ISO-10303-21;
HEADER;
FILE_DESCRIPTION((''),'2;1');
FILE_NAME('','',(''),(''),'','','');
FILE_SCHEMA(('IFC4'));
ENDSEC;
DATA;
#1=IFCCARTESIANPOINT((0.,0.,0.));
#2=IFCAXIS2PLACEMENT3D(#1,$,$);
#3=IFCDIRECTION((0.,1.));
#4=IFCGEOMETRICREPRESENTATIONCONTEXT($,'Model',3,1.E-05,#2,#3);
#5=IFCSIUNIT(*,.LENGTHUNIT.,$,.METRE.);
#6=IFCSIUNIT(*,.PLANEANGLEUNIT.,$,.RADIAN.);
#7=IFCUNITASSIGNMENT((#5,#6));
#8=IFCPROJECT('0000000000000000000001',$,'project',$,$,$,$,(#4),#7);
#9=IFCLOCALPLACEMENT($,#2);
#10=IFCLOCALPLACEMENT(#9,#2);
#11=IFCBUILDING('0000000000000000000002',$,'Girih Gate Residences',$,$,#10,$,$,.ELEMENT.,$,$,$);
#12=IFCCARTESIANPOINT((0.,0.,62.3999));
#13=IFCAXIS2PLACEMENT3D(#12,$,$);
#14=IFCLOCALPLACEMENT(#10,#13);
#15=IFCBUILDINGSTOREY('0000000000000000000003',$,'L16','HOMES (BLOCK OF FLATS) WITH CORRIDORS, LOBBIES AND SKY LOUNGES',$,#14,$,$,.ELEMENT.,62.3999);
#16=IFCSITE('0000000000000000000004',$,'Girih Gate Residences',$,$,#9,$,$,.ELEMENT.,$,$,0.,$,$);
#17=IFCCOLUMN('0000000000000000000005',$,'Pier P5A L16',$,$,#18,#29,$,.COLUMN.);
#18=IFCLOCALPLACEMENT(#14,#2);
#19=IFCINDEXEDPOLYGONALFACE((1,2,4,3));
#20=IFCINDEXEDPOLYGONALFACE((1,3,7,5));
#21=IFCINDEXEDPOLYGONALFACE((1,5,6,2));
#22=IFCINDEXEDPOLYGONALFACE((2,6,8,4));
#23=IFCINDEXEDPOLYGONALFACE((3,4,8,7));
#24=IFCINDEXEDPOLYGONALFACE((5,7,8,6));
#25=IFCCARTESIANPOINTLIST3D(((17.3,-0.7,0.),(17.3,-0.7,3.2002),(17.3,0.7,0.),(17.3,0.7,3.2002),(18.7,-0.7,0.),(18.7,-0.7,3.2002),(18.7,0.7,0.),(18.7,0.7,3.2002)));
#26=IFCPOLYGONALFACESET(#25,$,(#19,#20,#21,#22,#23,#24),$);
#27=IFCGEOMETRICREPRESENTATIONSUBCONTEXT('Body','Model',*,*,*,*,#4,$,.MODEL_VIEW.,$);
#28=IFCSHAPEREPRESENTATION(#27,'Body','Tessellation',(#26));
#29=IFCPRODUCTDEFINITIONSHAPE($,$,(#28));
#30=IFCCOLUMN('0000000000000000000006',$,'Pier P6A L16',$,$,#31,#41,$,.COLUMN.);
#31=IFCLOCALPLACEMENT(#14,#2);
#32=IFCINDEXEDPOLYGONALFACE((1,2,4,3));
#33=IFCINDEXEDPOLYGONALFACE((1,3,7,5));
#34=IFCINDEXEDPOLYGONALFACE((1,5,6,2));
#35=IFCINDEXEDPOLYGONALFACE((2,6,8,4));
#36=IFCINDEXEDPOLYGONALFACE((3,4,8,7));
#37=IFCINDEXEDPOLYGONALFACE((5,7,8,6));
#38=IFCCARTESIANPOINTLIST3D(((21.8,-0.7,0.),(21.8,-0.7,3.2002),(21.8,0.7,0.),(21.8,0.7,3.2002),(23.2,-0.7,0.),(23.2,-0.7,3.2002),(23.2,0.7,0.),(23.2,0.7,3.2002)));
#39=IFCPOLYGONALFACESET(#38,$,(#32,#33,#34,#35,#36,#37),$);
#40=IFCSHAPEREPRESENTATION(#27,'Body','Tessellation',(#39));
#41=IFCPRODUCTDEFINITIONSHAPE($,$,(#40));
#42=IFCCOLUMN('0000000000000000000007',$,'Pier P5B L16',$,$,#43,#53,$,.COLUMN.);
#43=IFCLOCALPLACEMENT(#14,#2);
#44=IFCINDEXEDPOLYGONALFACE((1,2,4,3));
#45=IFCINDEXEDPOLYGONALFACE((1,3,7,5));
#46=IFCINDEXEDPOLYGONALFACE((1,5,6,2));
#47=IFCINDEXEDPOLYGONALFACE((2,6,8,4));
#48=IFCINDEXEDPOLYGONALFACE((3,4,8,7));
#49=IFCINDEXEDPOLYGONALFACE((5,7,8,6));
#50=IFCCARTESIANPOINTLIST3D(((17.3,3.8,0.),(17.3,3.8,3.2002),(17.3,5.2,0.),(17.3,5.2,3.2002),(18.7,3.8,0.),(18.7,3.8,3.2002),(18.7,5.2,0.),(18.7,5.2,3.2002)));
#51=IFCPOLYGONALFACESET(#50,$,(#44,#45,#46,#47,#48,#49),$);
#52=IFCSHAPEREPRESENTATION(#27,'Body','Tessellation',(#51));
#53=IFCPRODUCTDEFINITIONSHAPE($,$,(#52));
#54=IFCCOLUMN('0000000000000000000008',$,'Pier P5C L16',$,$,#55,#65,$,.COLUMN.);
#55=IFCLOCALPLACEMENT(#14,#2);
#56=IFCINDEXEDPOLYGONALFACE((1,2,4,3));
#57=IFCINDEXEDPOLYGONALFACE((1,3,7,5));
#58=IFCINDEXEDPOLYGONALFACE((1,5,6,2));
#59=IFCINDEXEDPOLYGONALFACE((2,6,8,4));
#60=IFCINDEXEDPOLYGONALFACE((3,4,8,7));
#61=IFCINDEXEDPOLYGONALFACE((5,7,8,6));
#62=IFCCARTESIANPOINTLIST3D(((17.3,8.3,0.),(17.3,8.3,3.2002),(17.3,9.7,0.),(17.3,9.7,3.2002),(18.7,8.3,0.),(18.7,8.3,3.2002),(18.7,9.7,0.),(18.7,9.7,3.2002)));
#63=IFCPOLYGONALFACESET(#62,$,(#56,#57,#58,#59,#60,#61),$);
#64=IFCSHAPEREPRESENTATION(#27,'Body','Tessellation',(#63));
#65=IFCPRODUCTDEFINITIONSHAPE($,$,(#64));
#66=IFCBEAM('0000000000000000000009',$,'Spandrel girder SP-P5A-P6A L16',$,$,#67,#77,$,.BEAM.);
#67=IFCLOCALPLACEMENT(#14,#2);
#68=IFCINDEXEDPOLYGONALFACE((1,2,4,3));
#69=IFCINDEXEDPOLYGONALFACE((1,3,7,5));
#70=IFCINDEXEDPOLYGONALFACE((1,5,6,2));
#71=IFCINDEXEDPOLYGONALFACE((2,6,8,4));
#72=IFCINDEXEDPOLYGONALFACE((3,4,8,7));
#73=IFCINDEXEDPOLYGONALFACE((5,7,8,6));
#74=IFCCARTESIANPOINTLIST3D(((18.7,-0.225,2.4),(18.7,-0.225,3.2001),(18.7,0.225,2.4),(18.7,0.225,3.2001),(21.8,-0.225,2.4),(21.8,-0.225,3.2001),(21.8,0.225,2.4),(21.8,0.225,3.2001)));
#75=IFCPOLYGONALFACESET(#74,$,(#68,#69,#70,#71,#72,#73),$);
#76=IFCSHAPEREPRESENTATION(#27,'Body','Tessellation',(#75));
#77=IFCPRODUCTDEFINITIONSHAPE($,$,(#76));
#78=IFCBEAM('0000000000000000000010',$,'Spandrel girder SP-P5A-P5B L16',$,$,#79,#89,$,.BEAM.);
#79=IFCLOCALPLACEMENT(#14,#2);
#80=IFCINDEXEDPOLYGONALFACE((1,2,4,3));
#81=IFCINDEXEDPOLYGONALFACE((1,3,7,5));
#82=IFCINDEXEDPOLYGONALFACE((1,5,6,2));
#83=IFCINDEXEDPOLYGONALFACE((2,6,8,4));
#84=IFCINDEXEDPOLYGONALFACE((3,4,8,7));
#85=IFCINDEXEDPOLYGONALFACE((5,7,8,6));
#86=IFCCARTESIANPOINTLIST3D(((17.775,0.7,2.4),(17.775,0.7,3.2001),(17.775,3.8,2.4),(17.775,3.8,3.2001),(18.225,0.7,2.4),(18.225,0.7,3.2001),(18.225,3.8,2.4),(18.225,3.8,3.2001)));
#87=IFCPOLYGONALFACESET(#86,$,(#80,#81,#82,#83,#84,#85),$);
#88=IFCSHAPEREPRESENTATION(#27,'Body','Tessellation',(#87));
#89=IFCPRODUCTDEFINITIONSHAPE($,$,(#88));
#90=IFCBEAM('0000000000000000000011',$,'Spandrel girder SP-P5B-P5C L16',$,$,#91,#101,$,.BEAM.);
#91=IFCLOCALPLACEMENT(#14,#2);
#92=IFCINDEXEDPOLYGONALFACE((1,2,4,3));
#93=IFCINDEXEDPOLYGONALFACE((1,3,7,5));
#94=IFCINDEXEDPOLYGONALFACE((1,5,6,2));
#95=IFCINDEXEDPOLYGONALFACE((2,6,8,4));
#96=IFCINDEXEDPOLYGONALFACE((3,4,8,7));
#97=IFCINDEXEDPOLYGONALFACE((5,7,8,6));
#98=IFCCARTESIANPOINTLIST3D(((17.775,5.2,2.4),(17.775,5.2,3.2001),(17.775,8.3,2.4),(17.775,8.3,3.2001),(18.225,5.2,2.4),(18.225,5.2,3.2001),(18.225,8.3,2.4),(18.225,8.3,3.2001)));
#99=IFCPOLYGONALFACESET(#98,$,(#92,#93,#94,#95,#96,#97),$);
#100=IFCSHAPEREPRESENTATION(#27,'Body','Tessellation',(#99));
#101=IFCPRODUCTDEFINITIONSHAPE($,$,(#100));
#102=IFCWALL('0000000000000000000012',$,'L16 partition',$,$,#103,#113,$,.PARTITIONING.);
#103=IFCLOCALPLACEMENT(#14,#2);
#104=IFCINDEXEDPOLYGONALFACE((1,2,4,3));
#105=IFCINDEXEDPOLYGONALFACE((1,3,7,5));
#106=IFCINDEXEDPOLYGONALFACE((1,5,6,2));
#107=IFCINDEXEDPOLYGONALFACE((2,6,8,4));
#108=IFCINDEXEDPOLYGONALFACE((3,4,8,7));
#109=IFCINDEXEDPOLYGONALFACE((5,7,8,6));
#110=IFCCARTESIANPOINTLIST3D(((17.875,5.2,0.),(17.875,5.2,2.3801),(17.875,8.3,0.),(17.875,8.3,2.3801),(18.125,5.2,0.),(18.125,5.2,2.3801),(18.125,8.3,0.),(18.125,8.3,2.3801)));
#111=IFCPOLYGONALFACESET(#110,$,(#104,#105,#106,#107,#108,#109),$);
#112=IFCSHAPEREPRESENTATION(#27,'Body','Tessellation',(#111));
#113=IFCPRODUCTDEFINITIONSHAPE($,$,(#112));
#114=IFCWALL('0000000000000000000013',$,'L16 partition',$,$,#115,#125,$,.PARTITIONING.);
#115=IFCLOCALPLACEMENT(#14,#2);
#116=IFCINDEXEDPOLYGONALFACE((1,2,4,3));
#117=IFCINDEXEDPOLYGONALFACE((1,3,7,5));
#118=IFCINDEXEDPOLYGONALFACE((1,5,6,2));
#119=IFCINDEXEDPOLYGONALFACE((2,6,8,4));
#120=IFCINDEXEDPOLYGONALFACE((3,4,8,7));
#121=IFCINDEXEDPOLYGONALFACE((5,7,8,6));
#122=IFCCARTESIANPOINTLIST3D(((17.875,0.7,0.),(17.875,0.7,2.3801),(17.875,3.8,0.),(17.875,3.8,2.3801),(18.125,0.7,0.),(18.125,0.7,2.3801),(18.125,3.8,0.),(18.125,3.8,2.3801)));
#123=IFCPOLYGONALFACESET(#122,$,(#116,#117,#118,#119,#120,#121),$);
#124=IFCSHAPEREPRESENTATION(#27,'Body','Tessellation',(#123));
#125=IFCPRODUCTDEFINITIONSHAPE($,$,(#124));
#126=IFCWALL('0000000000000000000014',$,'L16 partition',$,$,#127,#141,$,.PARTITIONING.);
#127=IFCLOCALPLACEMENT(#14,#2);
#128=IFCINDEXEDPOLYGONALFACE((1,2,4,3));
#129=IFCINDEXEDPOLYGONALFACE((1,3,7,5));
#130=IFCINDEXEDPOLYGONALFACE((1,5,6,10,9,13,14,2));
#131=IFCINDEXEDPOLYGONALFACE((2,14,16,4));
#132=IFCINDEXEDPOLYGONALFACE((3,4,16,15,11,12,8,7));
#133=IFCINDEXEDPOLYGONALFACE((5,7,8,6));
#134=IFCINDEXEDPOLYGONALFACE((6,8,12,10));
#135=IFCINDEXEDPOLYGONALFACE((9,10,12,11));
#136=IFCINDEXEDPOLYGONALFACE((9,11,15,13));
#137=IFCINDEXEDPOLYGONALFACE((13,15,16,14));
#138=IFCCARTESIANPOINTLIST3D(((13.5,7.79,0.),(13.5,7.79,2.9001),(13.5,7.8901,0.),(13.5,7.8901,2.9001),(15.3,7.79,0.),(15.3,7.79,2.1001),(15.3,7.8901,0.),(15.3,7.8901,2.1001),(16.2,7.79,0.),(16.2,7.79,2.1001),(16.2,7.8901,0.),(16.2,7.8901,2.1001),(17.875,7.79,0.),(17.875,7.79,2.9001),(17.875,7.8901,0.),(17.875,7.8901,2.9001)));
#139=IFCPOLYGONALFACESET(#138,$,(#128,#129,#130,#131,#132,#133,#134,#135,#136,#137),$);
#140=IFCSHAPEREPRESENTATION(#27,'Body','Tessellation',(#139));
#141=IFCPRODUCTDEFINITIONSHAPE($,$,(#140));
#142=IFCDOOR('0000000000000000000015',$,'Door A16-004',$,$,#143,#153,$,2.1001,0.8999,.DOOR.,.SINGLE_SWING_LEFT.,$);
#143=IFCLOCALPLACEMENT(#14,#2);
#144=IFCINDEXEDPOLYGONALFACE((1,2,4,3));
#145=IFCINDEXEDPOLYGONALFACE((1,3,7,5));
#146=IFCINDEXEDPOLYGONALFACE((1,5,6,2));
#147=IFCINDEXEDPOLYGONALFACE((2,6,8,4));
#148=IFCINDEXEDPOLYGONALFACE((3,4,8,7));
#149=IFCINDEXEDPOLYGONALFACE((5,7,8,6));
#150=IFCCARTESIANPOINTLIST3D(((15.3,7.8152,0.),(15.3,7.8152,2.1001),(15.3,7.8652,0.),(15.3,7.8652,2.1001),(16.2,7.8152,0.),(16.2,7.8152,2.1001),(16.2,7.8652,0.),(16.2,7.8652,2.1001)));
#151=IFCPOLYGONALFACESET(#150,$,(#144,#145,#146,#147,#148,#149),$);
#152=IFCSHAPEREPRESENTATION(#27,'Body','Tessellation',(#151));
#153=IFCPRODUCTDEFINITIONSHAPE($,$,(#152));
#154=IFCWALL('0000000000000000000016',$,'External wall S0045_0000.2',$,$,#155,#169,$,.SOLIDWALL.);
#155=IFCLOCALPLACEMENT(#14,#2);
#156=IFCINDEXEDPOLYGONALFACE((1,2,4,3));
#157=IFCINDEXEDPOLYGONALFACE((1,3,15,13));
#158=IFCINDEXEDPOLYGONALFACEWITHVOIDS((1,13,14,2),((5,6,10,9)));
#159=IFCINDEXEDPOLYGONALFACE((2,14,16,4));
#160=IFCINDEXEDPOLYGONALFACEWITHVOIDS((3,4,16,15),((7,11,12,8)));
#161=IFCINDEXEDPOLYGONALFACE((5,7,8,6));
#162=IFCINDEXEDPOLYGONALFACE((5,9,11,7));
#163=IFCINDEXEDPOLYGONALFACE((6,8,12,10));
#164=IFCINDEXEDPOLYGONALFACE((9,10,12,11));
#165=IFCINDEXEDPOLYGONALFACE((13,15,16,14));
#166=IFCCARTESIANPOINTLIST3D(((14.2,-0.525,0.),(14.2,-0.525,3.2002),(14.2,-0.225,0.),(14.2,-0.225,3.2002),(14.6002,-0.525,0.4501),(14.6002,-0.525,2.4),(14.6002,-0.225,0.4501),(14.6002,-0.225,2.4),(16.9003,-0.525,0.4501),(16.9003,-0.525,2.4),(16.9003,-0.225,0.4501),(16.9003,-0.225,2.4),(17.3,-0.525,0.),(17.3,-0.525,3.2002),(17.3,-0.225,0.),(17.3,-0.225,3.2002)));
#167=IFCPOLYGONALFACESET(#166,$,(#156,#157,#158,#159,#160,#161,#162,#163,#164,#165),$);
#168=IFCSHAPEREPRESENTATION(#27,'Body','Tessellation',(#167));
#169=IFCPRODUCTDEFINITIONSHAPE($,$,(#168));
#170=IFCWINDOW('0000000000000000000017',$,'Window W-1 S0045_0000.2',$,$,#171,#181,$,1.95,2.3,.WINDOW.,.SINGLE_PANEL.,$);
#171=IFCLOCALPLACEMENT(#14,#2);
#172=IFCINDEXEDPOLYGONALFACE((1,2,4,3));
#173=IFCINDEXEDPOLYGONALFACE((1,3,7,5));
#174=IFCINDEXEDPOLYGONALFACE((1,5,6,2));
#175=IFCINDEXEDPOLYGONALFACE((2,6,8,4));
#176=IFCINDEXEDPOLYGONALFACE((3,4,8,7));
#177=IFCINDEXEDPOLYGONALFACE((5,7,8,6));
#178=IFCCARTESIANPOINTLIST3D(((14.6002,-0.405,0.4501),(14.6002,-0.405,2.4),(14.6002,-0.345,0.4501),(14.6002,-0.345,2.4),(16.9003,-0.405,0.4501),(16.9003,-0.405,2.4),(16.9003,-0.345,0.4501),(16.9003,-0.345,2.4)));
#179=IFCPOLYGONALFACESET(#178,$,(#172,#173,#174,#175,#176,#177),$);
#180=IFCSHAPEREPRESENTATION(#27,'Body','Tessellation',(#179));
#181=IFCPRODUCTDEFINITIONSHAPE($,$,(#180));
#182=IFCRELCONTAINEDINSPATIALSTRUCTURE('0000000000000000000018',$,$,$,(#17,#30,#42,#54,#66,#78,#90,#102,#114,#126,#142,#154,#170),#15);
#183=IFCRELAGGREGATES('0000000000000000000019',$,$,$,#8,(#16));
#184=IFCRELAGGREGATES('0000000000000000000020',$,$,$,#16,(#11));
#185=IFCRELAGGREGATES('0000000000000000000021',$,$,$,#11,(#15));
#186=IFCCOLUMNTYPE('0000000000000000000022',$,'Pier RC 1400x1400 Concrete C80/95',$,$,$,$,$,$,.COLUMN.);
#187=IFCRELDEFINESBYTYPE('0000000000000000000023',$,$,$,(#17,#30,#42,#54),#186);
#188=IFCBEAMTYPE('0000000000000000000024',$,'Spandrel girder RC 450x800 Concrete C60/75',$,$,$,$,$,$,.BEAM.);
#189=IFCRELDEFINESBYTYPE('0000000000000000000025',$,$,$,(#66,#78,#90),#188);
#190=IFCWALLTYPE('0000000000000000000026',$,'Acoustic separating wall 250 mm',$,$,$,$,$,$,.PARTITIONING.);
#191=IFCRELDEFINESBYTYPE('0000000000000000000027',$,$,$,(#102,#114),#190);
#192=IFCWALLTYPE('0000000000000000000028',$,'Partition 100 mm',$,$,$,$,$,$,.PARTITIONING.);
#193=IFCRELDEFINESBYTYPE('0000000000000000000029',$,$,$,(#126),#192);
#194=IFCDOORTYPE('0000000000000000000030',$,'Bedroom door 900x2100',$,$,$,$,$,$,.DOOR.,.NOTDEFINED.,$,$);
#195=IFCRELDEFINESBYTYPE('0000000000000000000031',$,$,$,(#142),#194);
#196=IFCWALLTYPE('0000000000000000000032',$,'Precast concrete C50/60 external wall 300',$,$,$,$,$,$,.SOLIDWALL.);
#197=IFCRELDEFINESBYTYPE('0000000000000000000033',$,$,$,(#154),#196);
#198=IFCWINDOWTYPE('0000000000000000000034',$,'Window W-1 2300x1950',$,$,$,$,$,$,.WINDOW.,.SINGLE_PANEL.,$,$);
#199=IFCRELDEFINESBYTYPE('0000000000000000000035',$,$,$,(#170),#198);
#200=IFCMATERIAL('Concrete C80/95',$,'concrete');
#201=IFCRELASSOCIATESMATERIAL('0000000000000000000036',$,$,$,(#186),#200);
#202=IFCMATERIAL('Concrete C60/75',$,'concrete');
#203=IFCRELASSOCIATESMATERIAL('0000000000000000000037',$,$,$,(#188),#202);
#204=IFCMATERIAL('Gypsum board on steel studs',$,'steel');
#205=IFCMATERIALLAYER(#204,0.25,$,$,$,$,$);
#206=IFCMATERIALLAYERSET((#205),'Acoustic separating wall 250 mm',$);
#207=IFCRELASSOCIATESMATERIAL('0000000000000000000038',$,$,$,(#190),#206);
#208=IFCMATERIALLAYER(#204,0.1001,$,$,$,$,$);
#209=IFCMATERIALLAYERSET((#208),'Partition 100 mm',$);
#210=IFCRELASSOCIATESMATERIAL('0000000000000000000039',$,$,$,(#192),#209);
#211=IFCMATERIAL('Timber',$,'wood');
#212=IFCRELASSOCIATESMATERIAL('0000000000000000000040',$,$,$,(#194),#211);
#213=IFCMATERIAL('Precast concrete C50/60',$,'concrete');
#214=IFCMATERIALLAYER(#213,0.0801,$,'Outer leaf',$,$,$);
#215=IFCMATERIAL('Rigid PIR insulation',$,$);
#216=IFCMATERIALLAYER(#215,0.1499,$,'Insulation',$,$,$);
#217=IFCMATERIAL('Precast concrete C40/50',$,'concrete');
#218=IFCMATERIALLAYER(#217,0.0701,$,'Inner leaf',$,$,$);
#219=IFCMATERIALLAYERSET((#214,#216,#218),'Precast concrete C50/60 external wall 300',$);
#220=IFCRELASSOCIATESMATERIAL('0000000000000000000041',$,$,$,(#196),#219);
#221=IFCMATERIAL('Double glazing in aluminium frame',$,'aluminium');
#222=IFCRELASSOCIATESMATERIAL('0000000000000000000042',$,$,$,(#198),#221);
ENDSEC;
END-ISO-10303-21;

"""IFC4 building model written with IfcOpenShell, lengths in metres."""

from ifc_helpers import new_model, si_unit, direction, frame, frame_2d, origin, origin_2d, place, context, subcontext, project, spatial, rectangle, extrude, material, layer, layer_set, material_profile, profile_set, type_object, element, fill, save


model = new_model("IFC4")

# Units and contexts
model_context = context("Model", 3, precision=1e-05, world=origin(), true_north=direction((0.0, 1.0)))
body_context = subcontext(model_context, "Body", "Model", "MODEL_VIEW")
ifc_project = project(units=[si_unit("LENGTHUNIT", "METRE"), si_unit("PLANEANGLEUNIT", "RADIAN")], contexts=[model_context])

# Site, building, storey
site_placement = place(None, origin())
site = spatial("IfcSite", under=ifc_project, at=site_placement, Name="Girih Gate Residences", CompositionType="ELEMENT", RefElevation=0.0)
building_placement = place(site_placement, origin())
building = spatial("IfcBuilding", under=site, at=building_placement, Name="Girih Gate Residences", CompositionType="ELEMENT")
storey_placement = place(building_placement, frame((0.0, 0.0, 62.3999)))
storey = spatial("IfcBuildingStorey", under=building, at=storey_placement, Name="L16", Description="HOMES (BLOCK OF FLATS) WITH CORRIDORS, LOBBIES AND SKY LOUNGES", CompositionType="ELEMENT", Elevation=62.3999)

# Columns
ifc_material_1 = material(Name="Concrete C80/95", Category="concrete")
ifc_material_profile_1 = material_profile(ifc_material_1, rectangle(XDim=1.3999, YDim=1.3999, at=origin_2d()))
ifc_profile_set_1 = profile_set([ifc_material_profile_1], Name="Concrete C80/95")
column_type = type_object("IfcColumnType", Name="Pier RC 1400x1400 Concrete C80/95", PredefinedType="COLUMN", material=ifc_profile_set_1)
for number, where, z_axis, x_axis, name in (
    (1, (18.0, 0.0, 0.0), (0.0, 0.0, 1.0), (1.0, 0.0, 0.0), "Pier P5A L16"),
    (2, (22.5, 0.0, 0.0), (0.0, 0.0, 1.0), (1.0, 0.0, 0.0), "Pier P6A L16"),
    (3, (18.0, 4.5, 0.0), (0.0, 0.0, 1.0), (1.0, 0.0, 0.0), "Pier P5B L16"),
    (4, (18.0, 9.0, 0.0), (0.0, 0.0, 1.0), (1.0, 0.0, 0.0), "Pier P5C L16"),
):
    element("IfcColumn", number, at=place(storey_placement, frame(where, z_axis=z_axis, x_axis=x_axis)), inside=storey, type_object=column_type, Name=name, PredefinedType="COLUMN", context=body_context, shape_type="SweptSolid", body=[
        extrude(rectangle(XDim=1.3999, YDim=1.3999, at=origin_2d()), origin(), (0.0, 0.0, 1.0), 3.2002),
    ])

# Beams
ifc_material_2 = material(Name="Concrete C60/75", Category="concrete")
ifc_material_profile_2 = material_profile(ifc_material_2, rectangle(XDim=0.45, YDim=0.8, at=origin_2d()))
ifc_profile_set_2 = profile_set([ifc_material_profile_2], Name="Concrete C60/75")
beam_type = type_object("IfcBeamType", Name="Spandrel girder RC 450x800 Concrete C60/75", PredefinedType="BEAM", material=ifc_profile_set_2)
for number, where, z_axis, x_axis, name in (
    (5, (18.7, 0.0, 2.8), (1.0, 0.0, 0.0), (0.0, 1.0, 0.0), "Spandrel girder SP-P5A-P6A L16"),
    (6, (18.0, 0.7, 2.8), (0.0, 1.0, 0.0), (-1.0, 0.0, 0.0), "Spandrel girder SP-P5A-P5B L16"),
    (7, (18.0, 5.2, 2.8), (0.0, 1.0, 0.0), (-1.0, 0.0, 0.0), "Spandrel girder SP-P5B-P5C L16"),
):
    element("IfcBeam", number, at=place(storey_placement, frame(where, z_axis=z_axis, x_axis=x_axis)), inside=storey, type_object=beam_type, Name=name, PredefinedType="BEAM", context=body_context, shape_type="SweptSolid", body=[
        extrude(rectangle(XDim=0.45, YDim=0.8, at=origin_2d()), origin(), (0.0, 0.0, 1.0), 3.1001),
    ])

# Walls
ifc_material_3 = material(Name="Gypsum board on steel studs", Category="steel")
ifc_layer_1 = layer(ifc_material_3, 0.25)
ifc_layer_set_1 = layer_set([ifc_layer_1], Name="Acoustic separating wall 250 mm")
wall_type_1 = type_object("IfcWallType", Name="Acoustic separating wall 250 mm", PredefinedType="PARTITIONING", material=ifc_layer_set_1)
for number, where, z_axis, x_axis, name in (
    (8, (18.0, 5.2, 0.0), (0.0, 0.0, 1.0), (0.0, 1.0, 0.0), "L16 partition"),
    (9, (18.0, 0.7, 0.0), (0.0, 0.0, 1.0), (0.0, 1.0, 0.0), "L16 partition"),
):
    element("IfcWall", number, at=place(storey_placement, frame(where, z_axis=z_axis, x_axis=x_axis)), inside=storey, type_object=wall_type_1, Name=name, PredefinedType="PARTITIONING", context=body_context, shape_type="SweptSolid", body=[
        extrude(rectangle(XDim=3.1001, YDim=0.25, at=frame_2d((1.55, 0.0))), origin(), (0.0, 0.0, 1.0), 2.3801),
    ])

# Wall, opening, door
ifc_layer_2 = layer(ifc_material_3, 0.1001)
ifc_layer_set_2 = layer_set([ifc_layer_2], Name="Partition 100 mm")
wall_type_2 = type_object("IfcWallType", Name="Partition 100 mm", PredefinedType="PARTITIONING", material=ifc_layer_set_2)
wall_1_placement = place(storey_placement, frame((17.875, 7.8401, 0.0), z_axis=(0.0, 0.0, 1.0), x_axis=(-1.0, 0.0, 0.0)))
wall_1 = element("IfcWall", 10, at=wall_1_placement, inside=storey, type_object=wall_type_2, Name="L16 partition", PredefinedType="PARTITIONING", context=body_context, shape_type="SweptSolid", body=[
    extrude(rectangle(XDim=4.375, YDim=0.1001, at=frame_2d((2.1875, 0.0))), origin(), (0.0, 0.0, 1.0), 2.9001),
])
opening_1_placement = place(wall_1_placement, frame((1.675, 0.0, 0.0)))
opening_1 = element("IfcOpeningElement", 11, at=opening_1_placement, cuts=wall_1, PredefinedType="OPENING", context=body_context, shape_type="SweptSolid", body=[
    extrude(rectangle(XDim=0.8999, YDim=2.1001, at=frame_2d((0.45, 1.05))), frame((0.0, 0.0601, 0.0), z_axis=(0.0, -1.0, 0.0), x_axis=(1.0, 0.0, 0.0)), (0.0, 0.0, 1.0), 0.1201),
])
ifc_material_4 = material(Name="Timber", Category="wood")
door_type = type_object("IfcDoorType", Name="Bedroom door 900x2100", OperationType="NOTDEFINED", PredefinedType="DOOR", material=ifc_material_4)
door_placement = place(opening_1_placement, origin())
door = element("IfcDoor", 12, at=door_placement, inside=storey, type_object=door_type, Name="Door A16-004", OperationType="SINGLE_SWING_LEFT", OverallHeight=2.1001, OverallWidth=0.8999, PredefinedType="DOOR", context=body_context, shape_type="SweptSolid", body=[
    extrude(rectangle(XDim=0.8999, YDim=2.1001, at=frame_2d((0.45, 1.05))), frame((0.0, 0.0249, 0.0), z_axis=(0.0, -1.0, 0.0), x_axis=(1.0, 0.0, 0.0)), (0.0, 0.0, 1.0), 0.05),
])
fill(opening_1, door)

# Wall, opening, window
ifc_material_5 = material(Name="Precast concrete C50/60", Category="concrete")
ifc_layer_3 = layer(ifc_material_5, 0.0801, Name="Outer leaf")
ifc_material_6 = material(Name="Rigid PIR insulation")
ifc_layer_4 = layer(ifc_material_6, 0.1499, Name="Insulation")
ifc_material_7 = material(Name="Precast concrete C40/50", Category="concrete")
ifc_layer_5 = layer(ifc_material_7, 0.0701, Name="Inner leaf")
ifc_layer_set_3 = layer_set([ifc_layer_3, ifc_layer_4, ifc_layer_5], Name="Precast concrete C50/60 external wall 300")
wall_type_3 = type_object("IfcWallType", Name="Precast concrete C50/60 external wall 300", PredefinedType="SOLIDWALL", material=ifc_layer_set_3)
wall_2_placement = place(storey_placement, frame((17.3, -0.375, 0.0), z_axis=(0.0, 0.0, 1.0), x_axis=(-1.0, 0.0, 0.0)))
wall_2 = element("IfcWall", 13, at=wall_2_placement, inside=storey, type_object=wall_type_3, Name="External wall S0045_0000.2", PredefinedType="SOLIDWALL", context=body_context, shape_type="SweptSolid", body=[
    extrude(rectangle(XDim=3.1001, YDim=0.3, at=frame_2d((1.55, 0.0))), origin(), (0.0, 0.0, 1.0), 3.2002),
])
opening_2_placement = place(wall_2_placement, frame((0.3999, 0.0, 0.45)))
opening_2 = element("IfcOpeningElement", 14, at=opening_2_placement, cuts=wall_2, PredefinedType="OPENING", context=body_context, shape_type="SweptSolid", body=[
    extrude(rectangle(XDim=2.3, YDim=1.95, at=frame_2d((1.1499, 0.9751))), frame((0.0, 0.1599, 0.0), z_axis=(0.0, -1.0, 0.0), x_axis=(1.0, 0.0, 0.0)), (0.0, 0.0, 1.0), 0.3201),
])
ifc_material_8 = material(Name="Double glazing in aluminium frame", Category="aluminium")
window_type = type_object("IfcWindowType", Name="Window W-1 2300x1950", PartitioningType="SINGLE_PANEL", PredefinedType="WINDOW", material=ifc_material_8)
window_1_placement = place(opening_2_placement, origin())
window_1 = element("IfcWindow", 15, at=window_1_placement, inside=storey, type_object=window_type, Name="Window W-1 S0045_0000.2", OverallHeight=1.95, OverallWidth=2.3, PartitioningType="SINGLE_PANEL", PredefinedType="WINDOW", context=body_context, shape_type="SweptSolid", body=[
    extrude(rectangle(XDim=2.3, YDim=1.95, at=frame_2d((1.1499, 0.9751))), frame((0.0, 0.03, 0.0), z_axis=(0.0, -1.0, 0.0), x_axis=(1.0, 0.0, 0.0)), (0.0, 0.0, 1.0), 0.0601),
])
fill(opening_2, window_1)

save(model, "model.ifc")
